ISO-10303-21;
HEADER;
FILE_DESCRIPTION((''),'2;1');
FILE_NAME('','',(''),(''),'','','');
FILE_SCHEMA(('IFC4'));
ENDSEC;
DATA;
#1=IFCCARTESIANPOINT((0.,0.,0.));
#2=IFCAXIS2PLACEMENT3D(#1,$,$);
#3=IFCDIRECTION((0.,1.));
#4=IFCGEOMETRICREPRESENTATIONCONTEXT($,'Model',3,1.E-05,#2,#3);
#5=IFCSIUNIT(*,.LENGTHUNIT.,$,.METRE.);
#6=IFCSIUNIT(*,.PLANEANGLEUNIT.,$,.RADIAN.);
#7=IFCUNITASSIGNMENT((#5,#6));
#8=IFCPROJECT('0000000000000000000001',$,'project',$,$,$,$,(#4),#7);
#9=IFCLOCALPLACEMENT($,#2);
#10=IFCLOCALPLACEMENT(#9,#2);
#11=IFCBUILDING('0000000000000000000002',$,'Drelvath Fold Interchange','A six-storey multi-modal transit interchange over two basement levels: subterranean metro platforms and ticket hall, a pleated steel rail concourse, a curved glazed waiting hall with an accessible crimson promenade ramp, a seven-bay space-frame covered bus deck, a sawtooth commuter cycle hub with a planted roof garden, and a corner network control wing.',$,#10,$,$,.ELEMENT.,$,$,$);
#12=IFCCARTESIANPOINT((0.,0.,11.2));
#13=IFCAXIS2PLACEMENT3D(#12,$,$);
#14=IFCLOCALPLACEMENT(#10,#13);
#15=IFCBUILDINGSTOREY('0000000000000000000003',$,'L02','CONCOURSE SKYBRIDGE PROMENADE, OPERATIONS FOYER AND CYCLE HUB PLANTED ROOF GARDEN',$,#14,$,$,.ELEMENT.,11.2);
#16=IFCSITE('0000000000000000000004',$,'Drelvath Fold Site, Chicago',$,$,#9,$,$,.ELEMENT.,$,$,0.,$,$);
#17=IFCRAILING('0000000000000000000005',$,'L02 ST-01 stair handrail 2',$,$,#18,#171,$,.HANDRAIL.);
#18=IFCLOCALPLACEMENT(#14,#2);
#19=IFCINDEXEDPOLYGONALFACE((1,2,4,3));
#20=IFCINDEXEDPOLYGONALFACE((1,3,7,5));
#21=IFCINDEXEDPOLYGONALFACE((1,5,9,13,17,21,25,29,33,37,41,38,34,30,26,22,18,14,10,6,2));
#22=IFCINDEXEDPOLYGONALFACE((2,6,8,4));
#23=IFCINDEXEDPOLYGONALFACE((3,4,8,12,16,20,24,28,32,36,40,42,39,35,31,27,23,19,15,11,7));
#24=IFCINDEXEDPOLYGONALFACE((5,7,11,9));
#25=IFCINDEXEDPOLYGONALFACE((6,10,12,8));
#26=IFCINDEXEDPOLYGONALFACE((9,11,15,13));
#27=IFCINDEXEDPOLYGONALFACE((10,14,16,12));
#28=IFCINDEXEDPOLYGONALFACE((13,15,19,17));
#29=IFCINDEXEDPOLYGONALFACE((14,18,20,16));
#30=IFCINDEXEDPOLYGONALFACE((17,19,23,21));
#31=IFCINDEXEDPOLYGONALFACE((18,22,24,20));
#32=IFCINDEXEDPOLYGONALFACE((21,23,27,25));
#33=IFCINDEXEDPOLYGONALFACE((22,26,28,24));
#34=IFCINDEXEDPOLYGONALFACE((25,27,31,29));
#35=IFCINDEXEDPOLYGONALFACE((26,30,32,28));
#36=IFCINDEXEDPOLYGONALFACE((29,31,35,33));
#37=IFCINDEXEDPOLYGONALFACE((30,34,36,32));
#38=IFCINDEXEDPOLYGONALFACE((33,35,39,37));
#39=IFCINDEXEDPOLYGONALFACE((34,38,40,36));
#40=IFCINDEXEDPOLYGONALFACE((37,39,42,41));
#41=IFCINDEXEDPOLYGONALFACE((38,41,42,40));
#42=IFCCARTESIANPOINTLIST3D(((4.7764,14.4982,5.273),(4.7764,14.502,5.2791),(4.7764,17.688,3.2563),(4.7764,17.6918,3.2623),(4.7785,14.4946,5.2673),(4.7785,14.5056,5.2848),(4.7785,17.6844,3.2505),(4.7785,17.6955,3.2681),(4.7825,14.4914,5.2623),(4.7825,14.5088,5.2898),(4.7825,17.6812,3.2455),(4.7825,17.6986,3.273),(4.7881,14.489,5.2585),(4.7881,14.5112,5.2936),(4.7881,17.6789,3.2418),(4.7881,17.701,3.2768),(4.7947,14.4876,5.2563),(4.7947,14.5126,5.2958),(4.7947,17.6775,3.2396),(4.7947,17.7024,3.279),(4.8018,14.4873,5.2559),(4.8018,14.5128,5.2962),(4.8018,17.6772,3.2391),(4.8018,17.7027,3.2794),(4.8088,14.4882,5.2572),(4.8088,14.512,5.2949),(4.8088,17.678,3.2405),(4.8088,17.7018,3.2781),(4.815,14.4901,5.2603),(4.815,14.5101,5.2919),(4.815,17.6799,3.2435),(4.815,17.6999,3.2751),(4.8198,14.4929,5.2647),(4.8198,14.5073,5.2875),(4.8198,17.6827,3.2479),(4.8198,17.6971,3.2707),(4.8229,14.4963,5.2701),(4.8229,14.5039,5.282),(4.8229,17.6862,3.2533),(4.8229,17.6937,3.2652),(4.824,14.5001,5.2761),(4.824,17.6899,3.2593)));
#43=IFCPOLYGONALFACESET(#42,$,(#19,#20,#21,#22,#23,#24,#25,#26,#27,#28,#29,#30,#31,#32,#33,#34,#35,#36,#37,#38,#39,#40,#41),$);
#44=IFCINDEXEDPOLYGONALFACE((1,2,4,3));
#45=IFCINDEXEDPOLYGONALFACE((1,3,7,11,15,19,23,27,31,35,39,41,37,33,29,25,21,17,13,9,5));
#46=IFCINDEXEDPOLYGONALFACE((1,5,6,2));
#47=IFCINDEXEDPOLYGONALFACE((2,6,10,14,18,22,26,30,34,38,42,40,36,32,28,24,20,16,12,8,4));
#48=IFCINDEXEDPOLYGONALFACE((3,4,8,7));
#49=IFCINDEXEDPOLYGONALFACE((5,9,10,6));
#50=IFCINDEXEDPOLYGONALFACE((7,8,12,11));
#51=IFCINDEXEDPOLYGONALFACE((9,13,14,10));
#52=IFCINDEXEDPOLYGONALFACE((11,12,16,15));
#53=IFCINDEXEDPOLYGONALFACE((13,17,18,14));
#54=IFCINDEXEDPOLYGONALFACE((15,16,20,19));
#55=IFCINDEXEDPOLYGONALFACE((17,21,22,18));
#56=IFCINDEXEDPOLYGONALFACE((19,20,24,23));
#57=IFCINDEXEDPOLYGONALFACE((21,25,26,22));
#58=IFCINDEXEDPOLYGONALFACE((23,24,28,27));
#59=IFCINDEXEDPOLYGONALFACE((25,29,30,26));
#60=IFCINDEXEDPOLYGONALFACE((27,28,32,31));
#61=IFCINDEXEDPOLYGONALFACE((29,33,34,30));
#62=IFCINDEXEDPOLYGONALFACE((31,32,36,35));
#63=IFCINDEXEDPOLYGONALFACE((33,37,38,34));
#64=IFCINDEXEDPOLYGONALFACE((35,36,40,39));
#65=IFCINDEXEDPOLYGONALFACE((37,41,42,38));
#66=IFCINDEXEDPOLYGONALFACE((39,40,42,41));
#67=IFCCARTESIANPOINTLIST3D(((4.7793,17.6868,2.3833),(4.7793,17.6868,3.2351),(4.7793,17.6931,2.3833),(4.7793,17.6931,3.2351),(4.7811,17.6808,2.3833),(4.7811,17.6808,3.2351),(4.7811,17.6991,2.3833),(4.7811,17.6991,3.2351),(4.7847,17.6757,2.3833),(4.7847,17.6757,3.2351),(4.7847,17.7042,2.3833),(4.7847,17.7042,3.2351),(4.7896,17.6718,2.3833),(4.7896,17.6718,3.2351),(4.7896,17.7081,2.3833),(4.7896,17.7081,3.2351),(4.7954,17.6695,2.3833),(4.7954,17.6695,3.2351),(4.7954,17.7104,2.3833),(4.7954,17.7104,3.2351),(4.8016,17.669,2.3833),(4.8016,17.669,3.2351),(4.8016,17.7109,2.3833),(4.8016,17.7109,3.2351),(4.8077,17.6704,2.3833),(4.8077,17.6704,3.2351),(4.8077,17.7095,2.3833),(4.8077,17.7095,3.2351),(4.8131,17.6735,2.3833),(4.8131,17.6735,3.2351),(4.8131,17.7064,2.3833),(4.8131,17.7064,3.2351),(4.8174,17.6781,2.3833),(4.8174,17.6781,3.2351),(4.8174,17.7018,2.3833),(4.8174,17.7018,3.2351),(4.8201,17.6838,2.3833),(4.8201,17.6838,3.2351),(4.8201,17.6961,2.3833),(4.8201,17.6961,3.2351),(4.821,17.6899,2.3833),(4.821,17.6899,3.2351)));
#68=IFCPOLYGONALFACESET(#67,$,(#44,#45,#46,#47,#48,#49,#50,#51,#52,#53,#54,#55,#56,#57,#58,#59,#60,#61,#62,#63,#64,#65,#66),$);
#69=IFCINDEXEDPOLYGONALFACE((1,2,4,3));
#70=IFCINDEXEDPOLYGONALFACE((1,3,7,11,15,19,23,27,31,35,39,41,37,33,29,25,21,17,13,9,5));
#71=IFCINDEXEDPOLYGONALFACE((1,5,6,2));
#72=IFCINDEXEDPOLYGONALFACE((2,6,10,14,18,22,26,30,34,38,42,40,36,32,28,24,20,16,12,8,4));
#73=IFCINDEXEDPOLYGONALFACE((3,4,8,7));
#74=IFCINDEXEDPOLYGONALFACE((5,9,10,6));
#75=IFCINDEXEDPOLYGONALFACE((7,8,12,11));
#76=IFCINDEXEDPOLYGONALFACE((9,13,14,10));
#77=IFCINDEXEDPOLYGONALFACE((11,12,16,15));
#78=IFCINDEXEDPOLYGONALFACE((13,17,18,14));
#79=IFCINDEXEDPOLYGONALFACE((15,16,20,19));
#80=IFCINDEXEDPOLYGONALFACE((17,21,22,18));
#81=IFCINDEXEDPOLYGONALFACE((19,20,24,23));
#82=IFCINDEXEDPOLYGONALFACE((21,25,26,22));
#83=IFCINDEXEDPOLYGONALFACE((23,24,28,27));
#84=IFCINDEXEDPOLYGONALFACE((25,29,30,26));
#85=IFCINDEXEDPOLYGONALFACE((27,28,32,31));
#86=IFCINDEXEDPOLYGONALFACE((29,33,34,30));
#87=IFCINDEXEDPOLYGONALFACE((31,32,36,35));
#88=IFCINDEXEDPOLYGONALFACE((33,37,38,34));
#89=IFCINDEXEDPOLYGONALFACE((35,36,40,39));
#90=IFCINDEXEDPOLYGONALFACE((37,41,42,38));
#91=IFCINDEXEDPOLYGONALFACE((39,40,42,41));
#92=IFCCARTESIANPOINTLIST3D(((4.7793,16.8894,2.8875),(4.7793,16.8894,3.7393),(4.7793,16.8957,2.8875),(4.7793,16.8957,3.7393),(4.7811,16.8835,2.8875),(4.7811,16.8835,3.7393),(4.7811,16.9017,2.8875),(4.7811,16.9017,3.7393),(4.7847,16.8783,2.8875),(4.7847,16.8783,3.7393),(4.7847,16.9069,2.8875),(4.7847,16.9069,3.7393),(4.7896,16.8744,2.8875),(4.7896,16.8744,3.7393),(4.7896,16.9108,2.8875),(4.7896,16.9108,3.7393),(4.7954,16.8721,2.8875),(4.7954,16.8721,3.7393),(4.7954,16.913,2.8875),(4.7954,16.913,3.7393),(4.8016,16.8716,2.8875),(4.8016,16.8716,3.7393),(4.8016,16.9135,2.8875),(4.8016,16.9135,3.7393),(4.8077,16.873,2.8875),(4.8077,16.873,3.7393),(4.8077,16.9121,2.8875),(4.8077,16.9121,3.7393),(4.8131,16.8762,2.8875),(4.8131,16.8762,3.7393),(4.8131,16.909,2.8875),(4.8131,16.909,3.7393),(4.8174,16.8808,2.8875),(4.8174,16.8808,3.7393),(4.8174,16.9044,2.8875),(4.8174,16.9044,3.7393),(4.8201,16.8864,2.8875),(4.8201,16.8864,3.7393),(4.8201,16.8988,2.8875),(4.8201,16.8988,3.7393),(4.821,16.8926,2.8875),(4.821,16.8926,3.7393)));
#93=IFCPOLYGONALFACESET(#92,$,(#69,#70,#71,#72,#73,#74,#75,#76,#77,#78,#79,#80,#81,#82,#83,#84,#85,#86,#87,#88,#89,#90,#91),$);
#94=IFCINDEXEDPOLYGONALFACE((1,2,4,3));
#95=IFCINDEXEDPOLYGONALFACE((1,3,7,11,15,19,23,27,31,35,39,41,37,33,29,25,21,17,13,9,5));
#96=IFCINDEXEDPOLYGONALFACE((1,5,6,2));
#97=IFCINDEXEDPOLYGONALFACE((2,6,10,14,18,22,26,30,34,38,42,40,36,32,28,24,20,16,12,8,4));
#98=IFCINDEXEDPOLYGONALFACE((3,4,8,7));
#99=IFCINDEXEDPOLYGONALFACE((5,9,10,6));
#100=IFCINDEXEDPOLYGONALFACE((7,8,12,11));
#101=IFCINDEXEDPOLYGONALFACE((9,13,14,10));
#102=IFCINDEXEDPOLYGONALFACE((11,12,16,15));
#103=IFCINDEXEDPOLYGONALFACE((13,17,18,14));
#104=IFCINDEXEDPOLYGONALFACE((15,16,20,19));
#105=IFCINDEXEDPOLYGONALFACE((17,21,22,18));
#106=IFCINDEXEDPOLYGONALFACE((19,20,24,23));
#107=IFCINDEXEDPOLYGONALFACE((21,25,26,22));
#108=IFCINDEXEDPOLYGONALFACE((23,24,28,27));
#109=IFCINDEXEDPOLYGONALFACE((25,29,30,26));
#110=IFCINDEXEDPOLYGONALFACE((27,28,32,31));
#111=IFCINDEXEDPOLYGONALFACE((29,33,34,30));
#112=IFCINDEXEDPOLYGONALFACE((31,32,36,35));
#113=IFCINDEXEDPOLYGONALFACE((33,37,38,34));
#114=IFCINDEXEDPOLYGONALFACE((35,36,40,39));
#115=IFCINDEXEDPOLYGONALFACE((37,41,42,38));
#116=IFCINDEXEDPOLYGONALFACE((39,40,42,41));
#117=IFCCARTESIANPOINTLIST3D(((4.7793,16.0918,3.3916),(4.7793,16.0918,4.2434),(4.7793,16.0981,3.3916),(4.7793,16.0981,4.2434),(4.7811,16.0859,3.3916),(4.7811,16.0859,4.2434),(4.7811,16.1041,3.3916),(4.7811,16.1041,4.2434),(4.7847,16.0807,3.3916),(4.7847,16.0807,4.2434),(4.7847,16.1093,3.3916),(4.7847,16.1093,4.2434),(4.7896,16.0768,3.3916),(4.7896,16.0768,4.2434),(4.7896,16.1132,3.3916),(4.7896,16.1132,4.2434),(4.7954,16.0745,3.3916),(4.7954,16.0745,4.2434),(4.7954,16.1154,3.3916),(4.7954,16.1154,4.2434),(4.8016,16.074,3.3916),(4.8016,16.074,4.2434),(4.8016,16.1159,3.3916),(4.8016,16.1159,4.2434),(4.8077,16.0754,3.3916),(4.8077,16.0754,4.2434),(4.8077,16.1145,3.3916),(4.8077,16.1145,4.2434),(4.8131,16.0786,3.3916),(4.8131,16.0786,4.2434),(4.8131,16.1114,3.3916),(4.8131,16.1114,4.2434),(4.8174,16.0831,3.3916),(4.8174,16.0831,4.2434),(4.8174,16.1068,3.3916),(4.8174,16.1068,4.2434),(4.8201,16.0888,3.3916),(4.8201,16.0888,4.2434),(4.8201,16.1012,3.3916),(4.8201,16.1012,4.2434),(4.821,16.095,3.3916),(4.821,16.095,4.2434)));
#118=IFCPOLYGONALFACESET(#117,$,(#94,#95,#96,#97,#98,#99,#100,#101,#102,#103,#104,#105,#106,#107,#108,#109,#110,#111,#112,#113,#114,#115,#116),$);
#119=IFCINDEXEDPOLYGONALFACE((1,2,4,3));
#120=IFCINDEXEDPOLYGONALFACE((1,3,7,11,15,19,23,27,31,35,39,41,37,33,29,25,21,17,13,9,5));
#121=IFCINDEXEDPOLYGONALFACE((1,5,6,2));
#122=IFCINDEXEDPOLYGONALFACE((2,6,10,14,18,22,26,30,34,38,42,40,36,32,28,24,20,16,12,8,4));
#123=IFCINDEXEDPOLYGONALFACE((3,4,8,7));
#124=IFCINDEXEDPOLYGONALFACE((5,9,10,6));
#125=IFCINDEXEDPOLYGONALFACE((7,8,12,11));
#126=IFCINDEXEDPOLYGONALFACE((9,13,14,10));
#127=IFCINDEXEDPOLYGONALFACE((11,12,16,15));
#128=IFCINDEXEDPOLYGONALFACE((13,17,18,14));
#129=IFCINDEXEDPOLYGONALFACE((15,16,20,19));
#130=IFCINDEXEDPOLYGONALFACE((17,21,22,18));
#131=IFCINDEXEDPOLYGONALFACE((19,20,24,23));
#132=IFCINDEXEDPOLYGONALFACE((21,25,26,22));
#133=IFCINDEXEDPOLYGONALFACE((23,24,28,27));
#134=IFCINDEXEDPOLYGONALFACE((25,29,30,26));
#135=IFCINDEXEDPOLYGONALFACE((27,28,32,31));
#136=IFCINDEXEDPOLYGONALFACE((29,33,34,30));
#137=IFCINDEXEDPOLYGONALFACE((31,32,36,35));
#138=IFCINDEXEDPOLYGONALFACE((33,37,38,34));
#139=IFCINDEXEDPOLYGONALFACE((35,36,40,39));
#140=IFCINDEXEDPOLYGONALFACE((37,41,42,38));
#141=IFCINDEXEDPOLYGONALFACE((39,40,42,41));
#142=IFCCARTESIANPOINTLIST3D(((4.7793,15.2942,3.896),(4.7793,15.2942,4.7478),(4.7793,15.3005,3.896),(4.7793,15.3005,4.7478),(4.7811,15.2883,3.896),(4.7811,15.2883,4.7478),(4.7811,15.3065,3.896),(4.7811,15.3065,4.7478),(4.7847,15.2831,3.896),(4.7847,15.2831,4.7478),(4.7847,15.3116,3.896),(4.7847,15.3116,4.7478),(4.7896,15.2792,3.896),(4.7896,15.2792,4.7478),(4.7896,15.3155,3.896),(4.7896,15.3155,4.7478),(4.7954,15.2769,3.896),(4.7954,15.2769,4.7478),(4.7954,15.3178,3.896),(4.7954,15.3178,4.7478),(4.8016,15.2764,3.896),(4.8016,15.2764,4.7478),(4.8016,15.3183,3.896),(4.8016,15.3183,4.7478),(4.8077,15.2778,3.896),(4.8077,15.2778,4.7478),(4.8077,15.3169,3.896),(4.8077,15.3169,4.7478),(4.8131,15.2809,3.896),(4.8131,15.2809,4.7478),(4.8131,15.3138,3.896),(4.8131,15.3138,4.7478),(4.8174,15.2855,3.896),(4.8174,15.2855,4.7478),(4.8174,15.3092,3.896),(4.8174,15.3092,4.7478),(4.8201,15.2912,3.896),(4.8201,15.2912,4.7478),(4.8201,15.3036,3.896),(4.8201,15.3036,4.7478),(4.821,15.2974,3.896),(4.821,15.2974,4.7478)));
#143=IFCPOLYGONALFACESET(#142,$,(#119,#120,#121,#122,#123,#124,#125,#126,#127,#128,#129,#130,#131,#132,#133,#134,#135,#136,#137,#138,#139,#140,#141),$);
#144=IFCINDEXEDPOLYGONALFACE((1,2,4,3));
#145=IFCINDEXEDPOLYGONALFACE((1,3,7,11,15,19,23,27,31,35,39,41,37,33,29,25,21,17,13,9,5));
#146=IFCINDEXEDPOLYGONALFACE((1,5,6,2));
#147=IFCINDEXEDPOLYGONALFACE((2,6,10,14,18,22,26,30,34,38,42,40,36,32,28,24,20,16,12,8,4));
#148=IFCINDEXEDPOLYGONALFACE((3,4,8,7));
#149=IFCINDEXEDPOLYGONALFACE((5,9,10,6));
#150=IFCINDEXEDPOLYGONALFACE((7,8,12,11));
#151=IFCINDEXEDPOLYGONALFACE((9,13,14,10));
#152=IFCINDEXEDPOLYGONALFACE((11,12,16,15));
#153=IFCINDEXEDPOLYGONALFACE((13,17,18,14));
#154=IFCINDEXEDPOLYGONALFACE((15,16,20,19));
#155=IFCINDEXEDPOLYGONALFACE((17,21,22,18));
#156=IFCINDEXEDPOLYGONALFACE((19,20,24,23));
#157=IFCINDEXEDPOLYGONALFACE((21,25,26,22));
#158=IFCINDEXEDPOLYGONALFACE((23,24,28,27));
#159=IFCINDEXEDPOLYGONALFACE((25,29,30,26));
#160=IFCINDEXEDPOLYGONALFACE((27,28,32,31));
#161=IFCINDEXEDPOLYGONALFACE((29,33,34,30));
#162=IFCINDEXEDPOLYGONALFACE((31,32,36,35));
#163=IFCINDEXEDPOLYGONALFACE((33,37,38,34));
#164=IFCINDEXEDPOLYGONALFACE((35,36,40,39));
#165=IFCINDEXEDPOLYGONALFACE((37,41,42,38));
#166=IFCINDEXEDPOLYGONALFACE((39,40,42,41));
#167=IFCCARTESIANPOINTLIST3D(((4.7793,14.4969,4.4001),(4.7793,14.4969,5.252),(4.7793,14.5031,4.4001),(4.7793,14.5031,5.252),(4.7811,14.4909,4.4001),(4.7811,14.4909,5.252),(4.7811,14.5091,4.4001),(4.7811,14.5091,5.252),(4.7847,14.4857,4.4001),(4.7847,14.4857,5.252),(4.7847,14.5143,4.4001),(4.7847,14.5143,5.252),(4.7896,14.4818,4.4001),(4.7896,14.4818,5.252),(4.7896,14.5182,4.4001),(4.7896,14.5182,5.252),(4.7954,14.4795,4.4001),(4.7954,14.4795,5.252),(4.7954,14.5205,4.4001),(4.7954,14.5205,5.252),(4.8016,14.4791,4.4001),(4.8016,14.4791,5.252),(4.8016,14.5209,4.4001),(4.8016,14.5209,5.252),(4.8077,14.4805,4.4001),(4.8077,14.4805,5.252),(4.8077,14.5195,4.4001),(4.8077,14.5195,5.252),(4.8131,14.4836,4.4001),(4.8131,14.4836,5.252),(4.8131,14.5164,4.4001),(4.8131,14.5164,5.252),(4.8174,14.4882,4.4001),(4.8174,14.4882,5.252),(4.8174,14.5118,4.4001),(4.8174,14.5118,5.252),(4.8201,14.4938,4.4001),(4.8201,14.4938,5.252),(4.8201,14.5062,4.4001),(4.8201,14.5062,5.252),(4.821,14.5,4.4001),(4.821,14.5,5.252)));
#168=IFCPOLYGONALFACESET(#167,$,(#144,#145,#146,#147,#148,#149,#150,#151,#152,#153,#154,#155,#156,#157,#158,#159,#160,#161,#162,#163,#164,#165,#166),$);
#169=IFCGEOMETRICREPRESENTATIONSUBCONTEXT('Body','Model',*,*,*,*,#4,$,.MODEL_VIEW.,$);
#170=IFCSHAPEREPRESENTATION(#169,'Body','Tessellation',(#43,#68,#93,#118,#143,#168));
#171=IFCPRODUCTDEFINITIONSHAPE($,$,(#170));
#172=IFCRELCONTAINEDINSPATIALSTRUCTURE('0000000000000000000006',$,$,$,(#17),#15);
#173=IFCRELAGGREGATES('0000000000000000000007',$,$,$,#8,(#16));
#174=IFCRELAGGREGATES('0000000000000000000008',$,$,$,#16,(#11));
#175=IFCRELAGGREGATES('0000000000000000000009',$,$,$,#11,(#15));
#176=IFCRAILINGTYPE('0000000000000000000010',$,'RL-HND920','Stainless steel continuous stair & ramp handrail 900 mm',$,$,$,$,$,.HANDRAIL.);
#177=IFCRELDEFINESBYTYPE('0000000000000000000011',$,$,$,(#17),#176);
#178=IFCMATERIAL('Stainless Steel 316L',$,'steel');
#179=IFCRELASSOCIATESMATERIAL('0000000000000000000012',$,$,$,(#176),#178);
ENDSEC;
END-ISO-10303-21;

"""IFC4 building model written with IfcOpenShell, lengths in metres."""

from ifc_helpers import new_model, si_unit, direction, frame, origin, origin_2d, place, context, subcontext, project, spatial, circle, extrude, material, type_object, element, save


model = new_model("IFC4")

# Units and contexts
model_context = context("Model", 3, precision=1e-05, world=origin(), true_north=direction((0.0, 1.0)))
body_context = subcontext(model_context, "Body", "Model", "MODEL_VIEW")
ifc_project = project(units=[si_unit("LENGTHUNIT", "METRE"), si_unit("PLANEANGLEUNIT", "RADIAN")], contexts=[model_context])

# Site, building, storey
site_placement = place(None, origin())
site = spatial("IfcSite", under=ifc_project, at=site_placement, Name="Drelvath Fold Site, Chicago", CompositionType="ELEMENT", RefElevation=0.0)
building_placement = place(site_placement, origin())
building = spatial("IfcBuilding", under=site, at=building_placement, Name="Drelvath Fold Interchange", Description="A six-storey multi-modal transit interchange over two basement levels: subterranean metro platforms and ticket hall, a pleated steel rail concourse, a curved glazed waiting hall with an accessible crimson promenade ramp, a seven-bay space-frame covered bus deck, a sawtooth commuter cycle hub with a planted roof garden, and a corner network control wing.", CompositionType="ELEMENT")
storey_placement = place(building_placement, frame((0.0, 0.0, 11.2)))
storey = spatial("IfcBuildingStorey", under=building, at=storey_placement, Name="L02", Description="CONCOURSE SKYBRIDGE PROMENADE, OPERATIONS FOYER AND CYCLE HUB PLANTED ROOF GARDEN", CompositionType="ELEMENT", Elevation=11.2)

# Railing
ifc_material_1 = material(Name="Stainless Steel 316L", Category="steel")
railing_type_1 = type_object("IfcRailingType", Name="RL-HND920", Description="Stainless steel continuous stair & ramp handrail 900 mm", PredefinedType="HANDRAIL", material=ifc_material_1)
railing_1_placement = place(storey_placement, frame((4.8, 17.6899, 2.3833)))
element("IfcRailing", 1, at=railing_1_placement, inside=storey, type_object=railing_type_1, Name="L02 ST-01 stair handrail 2", PredefinedType="HANDRAIL", context=body_context, shape_type="SweptSolid", body=[
    extrude(circle(Radius=0.0239, at=origin_2d()), frame((0.0, 0.0, 0.876), z_axis=(0.0, -0.845232, 0.534399), x_axis=(1.0, 0.0, 0.0)), (0.0, 0.0, 1.0), 3.7739),
    extrude(circle(Radius=0.021, at=origin_2d()), origin(), (0.0, 0.0, 1.0), 0.8518),
    extrude(circle(Radius=0.021, at=origin_2d()), frame((0.0, -0.7974, 0.5042)), (0.0, 0.0, 1.0), 0.8518),
    extrude(circle(Radius=0.021, at=origin_2d()), frame((0.0, -1.595, 1.0083)), (0.0, 0.0, 1.0), 0.8518),
    extrude(circle(Radius=0.021, at=origin_2d()), frame((0.0, -2.3926, 1.5127)), (0.0, 0.0, 1.0), 0.8518),
    extrude(circle(Radius=0.021, at=origin_2d()), frame((0.0, -3.1899, 2.0168)), (0.0, 0.0, 1.0), 0.8518),
])

save(model, "model.ifc")
